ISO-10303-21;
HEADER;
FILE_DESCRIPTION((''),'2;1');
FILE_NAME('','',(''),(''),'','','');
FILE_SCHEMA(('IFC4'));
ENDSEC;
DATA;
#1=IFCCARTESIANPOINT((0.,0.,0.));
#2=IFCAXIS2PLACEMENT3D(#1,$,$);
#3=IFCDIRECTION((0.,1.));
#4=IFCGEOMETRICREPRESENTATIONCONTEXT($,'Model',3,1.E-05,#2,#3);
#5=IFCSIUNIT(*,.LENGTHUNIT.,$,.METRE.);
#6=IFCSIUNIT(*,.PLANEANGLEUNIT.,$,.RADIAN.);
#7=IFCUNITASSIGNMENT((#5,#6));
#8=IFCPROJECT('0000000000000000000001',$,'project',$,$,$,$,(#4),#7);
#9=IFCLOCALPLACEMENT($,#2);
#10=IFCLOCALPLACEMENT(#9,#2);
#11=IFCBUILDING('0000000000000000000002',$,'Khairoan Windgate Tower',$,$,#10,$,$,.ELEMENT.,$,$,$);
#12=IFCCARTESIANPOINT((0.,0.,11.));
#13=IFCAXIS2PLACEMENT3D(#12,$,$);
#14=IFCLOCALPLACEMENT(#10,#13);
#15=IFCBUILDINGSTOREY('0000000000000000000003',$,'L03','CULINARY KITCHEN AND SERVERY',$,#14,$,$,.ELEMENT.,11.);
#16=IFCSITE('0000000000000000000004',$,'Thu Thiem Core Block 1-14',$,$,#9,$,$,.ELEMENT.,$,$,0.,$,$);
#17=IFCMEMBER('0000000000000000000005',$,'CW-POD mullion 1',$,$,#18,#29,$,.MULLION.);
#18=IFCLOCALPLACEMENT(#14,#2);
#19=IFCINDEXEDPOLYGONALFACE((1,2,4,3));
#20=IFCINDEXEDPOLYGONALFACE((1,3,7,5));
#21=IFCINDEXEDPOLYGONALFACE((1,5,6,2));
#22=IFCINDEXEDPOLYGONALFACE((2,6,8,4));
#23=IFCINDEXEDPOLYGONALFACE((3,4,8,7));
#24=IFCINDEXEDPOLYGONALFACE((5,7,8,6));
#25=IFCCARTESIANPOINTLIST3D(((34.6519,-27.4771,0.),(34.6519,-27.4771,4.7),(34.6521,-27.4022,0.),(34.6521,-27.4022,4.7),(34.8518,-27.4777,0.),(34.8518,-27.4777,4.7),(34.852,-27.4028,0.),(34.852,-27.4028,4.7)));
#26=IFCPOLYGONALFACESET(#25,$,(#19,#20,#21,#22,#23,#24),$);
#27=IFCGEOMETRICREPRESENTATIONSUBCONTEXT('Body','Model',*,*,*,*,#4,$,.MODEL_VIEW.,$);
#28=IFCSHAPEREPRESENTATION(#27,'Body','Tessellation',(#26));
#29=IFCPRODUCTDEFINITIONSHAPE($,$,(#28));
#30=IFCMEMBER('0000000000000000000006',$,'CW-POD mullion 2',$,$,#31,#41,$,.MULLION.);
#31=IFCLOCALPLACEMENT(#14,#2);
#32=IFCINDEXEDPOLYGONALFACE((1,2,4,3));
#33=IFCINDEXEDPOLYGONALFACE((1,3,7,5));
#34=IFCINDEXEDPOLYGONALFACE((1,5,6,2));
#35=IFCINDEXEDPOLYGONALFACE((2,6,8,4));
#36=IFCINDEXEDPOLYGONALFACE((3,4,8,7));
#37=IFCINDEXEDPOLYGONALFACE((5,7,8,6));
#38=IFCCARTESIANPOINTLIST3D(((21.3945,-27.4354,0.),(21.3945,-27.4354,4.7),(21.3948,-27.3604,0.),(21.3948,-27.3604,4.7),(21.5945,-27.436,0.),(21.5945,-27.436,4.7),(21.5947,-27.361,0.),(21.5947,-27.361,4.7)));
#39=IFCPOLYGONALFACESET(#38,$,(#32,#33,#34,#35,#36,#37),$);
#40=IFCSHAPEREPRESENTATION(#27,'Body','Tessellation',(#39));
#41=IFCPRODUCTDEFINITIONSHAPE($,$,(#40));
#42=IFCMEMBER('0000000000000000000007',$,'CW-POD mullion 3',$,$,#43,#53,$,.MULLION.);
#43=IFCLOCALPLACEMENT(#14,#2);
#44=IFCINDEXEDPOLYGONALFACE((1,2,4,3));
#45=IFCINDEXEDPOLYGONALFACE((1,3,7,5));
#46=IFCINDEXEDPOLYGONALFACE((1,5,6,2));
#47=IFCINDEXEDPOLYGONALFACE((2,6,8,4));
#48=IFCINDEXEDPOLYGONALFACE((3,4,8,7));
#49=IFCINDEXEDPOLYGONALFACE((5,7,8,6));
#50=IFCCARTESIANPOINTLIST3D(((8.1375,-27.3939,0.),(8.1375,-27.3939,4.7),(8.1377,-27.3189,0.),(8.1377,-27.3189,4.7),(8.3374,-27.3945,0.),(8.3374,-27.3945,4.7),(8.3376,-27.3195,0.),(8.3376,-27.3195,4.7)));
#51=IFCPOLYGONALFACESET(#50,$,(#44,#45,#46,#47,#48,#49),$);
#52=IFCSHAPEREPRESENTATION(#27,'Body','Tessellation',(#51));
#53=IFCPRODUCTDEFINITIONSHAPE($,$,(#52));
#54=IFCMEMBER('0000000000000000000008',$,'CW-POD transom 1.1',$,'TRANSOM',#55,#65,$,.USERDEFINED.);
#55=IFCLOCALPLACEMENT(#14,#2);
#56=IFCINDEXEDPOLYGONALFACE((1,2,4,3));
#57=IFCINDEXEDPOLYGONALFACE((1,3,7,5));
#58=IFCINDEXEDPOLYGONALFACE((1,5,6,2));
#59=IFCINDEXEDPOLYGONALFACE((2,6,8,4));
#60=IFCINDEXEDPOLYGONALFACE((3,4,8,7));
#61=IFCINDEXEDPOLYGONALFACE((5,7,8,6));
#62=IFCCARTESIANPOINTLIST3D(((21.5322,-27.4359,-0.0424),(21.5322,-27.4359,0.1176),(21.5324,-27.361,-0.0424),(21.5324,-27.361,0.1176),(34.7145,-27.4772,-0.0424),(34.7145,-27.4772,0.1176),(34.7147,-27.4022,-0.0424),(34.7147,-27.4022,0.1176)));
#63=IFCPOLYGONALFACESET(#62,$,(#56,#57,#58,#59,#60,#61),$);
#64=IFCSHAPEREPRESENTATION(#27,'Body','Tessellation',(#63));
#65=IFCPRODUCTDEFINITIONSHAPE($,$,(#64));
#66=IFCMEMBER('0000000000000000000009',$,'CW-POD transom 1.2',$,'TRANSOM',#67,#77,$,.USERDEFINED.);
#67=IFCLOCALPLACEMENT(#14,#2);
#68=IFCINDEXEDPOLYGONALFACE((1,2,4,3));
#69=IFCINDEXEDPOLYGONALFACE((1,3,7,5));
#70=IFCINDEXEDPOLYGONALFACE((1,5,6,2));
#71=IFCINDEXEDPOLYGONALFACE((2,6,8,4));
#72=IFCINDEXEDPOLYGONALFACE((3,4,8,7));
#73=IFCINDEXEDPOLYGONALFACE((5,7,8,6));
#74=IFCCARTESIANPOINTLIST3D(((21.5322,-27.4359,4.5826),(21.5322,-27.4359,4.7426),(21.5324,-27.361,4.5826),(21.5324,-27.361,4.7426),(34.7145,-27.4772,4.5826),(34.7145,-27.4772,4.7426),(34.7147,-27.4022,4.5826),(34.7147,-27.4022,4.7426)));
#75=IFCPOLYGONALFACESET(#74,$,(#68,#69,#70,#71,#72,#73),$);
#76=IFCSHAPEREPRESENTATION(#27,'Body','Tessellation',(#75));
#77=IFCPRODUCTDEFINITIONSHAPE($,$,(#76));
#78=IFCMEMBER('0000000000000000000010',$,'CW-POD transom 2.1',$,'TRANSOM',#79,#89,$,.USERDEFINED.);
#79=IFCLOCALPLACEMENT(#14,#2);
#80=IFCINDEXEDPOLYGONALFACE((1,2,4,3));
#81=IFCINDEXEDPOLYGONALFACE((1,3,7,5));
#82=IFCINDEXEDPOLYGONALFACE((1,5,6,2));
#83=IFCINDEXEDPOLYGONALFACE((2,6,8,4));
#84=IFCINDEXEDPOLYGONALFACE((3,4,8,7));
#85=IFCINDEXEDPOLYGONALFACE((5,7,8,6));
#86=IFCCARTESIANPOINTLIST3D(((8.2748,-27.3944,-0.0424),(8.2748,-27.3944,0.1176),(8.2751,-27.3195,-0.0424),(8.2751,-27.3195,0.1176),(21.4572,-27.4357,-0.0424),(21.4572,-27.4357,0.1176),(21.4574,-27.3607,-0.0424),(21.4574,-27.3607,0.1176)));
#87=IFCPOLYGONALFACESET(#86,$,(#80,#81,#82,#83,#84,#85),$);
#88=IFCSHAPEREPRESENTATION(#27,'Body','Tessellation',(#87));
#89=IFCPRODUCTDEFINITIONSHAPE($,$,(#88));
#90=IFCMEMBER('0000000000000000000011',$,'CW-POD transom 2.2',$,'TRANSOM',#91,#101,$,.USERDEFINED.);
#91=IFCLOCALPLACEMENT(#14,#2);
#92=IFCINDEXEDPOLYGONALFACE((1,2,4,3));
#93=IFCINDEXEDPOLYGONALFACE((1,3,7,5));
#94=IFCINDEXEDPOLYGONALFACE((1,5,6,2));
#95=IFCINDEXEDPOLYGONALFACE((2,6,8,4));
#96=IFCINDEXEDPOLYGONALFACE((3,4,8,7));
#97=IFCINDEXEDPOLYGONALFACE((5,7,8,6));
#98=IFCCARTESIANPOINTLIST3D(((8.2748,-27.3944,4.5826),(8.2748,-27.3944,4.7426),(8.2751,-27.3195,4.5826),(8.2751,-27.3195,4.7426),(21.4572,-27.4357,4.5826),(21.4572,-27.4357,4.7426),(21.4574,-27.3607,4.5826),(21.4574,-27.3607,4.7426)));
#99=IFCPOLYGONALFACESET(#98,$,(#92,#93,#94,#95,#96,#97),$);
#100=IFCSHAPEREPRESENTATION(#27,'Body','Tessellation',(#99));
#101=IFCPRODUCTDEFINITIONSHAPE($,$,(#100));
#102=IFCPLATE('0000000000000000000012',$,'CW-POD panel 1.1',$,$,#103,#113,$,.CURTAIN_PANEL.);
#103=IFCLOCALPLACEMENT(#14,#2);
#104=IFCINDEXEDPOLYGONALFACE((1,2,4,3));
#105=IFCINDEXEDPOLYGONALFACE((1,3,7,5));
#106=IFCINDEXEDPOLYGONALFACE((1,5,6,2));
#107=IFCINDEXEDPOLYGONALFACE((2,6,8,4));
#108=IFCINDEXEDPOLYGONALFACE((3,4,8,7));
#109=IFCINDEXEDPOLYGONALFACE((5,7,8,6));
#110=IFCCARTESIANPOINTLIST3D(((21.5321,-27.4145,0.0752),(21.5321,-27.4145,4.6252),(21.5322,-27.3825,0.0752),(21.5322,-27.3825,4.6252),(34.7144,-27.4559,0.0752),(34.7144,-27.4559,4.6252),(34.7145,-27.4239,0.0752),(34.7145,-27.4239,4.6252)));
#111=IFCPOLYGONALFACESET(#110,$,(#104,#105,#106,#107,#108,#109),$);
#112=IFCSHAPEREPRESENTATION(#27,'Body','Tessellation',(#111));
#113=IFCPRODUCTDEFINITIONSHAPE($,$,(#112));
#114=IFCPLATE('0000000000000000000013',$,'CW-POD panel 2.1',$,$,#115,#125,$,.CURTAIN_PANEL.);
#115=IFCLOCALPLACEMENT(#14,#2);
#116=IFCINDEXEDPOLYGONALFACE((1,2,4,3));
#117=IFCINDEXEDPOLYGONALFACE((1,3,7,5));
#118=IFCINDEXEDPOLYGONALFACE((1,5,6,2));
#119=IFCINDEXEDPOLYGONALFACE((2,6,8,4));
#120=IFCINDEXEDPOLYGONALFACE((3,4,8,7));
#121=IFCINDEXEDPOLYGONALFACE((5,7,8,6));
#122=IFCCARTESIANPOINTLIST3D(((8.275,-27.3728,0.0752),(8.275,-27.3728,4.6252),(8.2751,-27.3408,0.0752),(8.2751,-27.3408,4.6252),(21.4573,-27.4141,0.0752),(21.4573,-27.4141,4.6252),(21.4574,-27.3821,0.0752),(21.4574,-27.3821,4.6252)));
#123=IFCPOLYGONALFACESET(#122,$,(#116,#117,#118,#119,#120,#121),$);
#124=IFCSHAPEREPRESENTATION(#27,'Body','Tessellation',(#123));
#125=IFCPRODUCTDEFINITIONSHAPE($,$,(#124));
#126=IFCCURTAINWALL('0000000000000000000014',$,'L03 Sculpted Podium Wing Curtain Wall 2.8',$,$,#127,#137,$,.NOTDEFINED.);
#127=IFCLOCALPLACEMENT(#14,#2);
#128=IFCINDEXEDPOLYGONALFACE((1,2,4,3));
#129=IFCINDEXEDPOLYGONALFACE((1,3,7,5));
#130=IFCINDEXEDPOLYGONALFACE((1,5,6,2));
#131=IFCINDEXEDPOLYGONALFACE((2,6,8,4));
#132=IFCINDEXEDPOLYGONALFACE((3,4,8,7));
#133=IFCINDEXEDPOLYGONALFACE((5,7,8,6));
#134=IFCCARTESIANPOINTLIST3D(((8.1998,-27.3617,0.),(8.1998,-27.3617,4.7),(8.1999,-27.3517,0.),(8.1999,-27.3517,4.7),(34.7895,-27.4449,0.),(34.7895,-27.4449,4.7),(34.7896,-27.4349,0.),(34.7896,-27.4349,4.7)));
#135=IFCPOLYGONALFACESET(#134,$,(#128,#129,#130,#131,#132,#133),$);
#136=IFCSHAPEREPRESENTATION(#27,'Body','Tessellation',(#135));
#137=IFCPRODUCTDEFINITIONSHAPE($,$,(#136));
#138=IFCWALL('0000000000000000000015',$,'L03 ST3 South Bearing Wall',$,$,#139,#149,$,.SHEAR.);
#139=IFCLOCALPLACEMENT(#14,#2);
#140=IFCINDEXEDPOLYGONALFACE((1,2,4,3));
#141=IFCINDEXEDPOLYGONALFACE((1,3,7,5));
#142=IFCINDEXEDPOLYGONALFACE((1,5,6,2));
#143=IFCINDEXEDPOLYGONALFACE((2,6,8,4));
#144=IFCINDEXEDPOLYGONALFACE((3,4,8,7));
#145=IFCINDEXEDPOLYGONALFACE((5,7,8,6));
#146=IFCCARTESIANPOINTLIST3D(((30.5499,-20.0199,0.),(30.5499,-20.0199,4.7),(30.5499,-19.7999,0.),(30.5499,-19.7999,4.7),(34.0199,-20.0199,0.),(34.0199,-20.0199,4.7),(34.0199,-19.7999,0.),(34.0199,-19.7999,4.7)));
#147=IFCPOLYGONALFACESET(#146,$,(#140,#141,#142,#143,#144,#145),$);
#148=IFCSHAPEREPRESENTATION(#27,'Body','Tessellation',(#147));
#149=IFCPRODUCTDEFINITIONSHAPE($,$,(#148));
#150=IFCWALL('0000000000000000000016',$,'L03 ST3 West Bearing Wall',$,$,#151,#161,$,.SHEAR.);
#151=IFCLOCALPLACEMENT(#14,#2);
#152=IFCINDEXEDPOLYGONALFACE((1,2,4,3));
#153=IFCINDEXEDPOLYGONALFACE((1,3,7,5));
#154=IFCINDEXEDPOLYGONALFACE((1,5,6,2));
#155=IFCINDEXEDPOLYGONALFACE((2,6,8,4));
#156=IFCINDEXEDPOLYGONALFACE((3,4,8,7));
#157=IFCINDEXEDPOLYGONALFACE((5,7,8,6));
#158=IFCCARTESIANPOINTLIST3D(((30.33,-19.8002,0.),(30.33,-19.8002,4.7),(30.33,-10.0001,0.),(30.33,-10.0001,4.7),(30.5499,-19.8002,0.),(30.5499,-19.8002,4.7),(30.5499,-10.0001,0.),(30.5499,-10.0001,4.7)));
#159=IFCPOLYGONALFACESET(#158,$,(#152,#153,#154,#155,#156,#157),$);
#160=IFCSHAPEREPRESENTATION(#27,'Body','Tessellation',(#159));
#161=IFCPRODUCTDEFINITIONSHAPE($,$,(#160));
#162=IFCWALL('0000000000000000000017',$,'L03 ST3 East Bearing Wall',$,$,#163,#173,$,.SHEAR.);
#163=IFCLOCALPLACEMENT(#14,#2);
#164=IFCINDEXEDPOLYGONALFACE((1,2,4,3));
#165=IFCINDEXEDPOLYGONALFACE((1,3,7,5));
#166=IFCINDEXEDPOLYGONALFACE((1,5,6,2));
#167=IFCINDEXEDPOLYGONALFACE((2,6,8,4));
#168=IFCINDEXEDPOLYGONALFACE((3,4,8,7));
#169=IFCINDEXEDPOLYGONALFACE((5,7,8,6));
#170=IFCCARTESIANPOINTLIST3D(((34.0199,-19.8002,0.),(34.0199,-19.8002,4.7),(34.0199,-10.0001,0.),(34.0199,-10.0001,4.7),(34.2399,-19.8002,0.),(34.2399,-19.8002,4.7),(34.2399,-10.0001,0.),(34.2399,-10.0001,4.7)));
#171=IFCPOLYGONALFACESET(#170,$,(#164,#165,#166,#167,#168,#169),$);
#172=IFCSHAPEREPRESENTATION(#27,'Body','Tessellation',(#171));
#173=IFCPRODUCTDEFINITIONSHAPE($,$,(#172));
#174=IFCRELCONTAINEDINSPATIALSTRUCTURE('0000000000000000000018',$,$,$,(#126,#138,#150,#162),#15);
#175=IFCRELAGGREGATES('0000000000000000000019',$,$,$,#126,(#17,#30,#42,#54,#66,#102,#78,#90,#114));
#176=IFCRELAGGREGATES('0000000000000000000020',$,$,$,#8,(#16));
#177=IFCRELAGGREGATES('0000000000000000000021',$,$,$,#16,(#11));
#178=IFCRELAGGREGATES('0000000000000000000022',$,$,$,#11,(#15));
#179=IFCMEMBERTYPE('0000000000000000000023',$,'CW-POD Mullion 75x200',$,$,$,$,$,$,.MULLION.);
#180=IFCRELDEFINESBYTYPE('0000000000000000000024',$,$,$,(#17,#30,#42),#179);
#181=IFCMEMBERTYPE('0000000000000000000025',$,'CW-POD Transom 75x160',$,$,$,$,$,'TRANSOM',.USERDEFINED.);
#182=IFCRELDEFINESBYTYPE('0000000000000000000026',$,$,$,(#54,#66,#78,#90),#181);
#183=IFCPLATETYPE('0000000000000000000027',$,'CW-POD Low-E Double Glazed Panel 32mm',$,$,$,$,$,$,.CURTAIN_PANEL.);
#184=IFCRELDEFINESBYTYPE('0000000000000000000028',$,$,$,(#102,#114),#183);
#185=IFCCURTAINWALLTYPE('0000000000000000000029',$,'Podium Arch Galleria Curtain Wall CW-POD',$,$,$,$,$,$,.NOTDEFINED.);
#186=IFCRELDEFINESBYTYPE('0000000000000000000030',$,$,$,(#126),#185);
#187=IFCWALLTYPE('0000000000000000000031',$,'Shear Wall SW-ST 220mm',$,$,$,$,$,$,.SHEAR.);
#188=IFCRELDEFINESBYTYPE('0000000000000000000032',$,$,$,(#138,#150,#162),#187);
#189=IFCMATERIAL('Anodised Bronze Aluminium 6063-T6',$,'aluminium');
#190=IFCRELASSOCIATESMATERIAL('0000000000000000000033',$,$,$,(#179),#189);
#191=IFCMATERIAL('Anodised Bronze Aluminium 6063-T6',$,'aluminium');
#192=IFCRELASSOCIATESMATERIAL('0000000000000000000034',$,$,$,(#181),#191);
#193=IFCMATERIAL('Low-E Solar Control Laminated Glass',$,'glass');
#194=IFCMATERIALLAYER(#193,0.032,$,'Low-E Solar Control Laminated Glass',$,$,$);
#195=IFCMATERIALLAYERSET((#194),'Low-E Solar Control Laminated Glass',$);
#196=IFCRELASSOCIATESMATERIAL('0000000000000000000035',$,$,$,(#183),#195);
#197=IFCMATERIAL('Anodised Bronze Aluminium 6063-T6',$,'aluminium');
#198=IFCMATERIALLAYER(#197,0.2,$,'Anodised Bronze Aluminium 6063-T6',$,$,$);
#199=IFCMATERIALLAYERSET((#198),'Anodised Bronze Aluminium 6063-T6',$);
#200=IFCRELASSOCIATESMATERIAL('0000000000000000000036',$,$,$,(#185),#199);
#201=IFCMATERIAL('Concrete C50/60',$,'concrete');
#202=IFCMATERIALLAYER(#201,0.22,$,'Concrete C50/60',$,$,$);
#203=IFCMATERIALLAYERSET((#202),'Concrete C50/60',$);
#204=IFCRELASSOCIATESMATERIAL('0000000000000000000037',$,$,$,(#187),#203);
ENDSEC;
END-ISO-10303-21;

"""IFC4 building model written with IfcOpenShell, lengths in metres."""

from ifc_helpers import new_model, si_unit, direction, frame, frame_2d, origin, origin_2d, place, context, subcontext, project, spatial, rectangle, extrude, material, layer, layer_set, material_profile, profile_set, type_object, element, aggregate, save


model = new_model("IFC4")

# Units and contexts
model_context = context("Model", 3, precision=1e-05, world=origin(), true_north=direction((0.0, 1.0)))
body_context = subcontext(model_context, "Body", "Model", "MODEL_VIEW")
ifc_project = project(units=[si_unit("LENGTHUNIT", "METRE"), si_unit("PLANEANGLEUNIT", "RADIAN")], contexts=[model_context])

# Site, building, storey
site_placement = place(None, origin())
site = spatial("IfcSite", under=ifc_project, at=site_placement, Name="Thu Thiem Core Block 1-14", CompositionType="ELEMENT", RefElevation=0.0)
building_placement = place(site_placement, origin())
building = spatial("IfcBuilding", under=site, at=building_placement, Name="Khairoan Windgate Tower", CompositionType="ELEMENT")
storey_placement = place(building_placement, frame((0.0, 0.0, 11.0)))
storey = spatial("IfcBuildingStorey", under=building, at=storey_placement, Name="L03", Description="CULINARY KITCHEN AND SERVERY", CompositionType="ELEMENT", Elevation=11.0)

# Members
ifc_material_1 = material(Name="Anodised Bronze Aluminium 6063-T6", Category="aluminium")
ifc_material_profile_1 = material_profile(ifc_material_1, rectangle(XDim=0.075, YDim=0.2, at=origin_2d()))
ifc_profile_set_1 = profile_set([ifc_material_profile_1], Name="Anodised Bronze Aluminium 6063-T6")
member_type_1 = type_object("IfcMemberType", Name="CW-POD Mullion 75x200", PredefinedType="MULLION", material=ifc_profile_set_1)
member_1_placement = place(storey_placement, frame((34.752, -27.4399, 0.0), z_axis=(0.0, 0.0, 1.0), x_axis=(-0.003137, -0.999995, 0.0)))
member_1 = element("IfcMember", 1, at=member_1_placement, type_object=member_type_1, Name="CW-POD mullion 1", PredefinedType="MULLION", context=body_context, shape_type="SweptSolid", body=[
    extrude(rectangle(XDim=0.075, YDim=0.2, at=origin_2d()), origin(), (0.0, 0.0, 1.0), 4.7),
])
member_2_placement = place(storey_placement, frame((21.4946, -27.3982, 0.0), z_axis=(0.0, 0.0, 1.0), x_axis=(-0.003137, -0.999995, 0.0)))
member_2 = element("IfcMember", 2, at=member_2_placement, type_object=member_type_1, Name="CW-POD mullion 2", PredefinedType="MULLION", context=body_context, shape_type="SweptSolid", body=[
    extrude(rectangle(XDim=0.075, YDim=0.2, at=origin_2d()), origin(), (0.0, 0.0, 1.0), 4.7),
])
member_3_placement = place(storey_placement, frame((8.2375, -27.3567, 0.0), z_axis=(0.0, 0.0, 1.0), x_axis=(-0.003137, -0.999995, 0.0)))
member_3 = element("IfcMember", 3, at=member_3_placement, type_object=member_type_1, Name="CW-POD mullion 3", PredefinedType="MULLION", context=body_context, shape_type="SweptSolid", body=[
    extrude(rectangle(XDim=0.075, YDim=0.2, at=origin_2d()), origin(), (0.0, 0.0, 1.0), 4.7),
])
ifc_material_2 = material(Name="Anodised Bronze Aluminium 6063-T6", Category="aluminium")
ifc_material_profile_2 = material_profile(ifc_material_2, rectangle(XDim=0.075, YDim=0.1599, at=origin_2d()))
ifc_profile_set_2 = profile_set([ifc_material_profile_2], Name="Anodised Bronze Aluminium 6063-T6")
member_type_2 = type_object("IfcMemberType", Name="CW-POD Transom 75x160", ElementType="TRANSOM", PredefinedType="USERDEFINED", material=ifc_profile_set_2)
member_4_placement = place(storey_placement, frame((34.7146, -27.4397, 0.0376), z_axis=(-0.999995, 0.00313, 0.0), x_axis=(-0.00313, -0.999995, 0.0)))
member_4 = element("IfcMember", 4, at=member_4_placement, type_object=member_type_2, Name="CW-POD transom 1.1", ObjectType="TRANSOM", PredefinedType="USERDEFINED", context=body_context, shape_type="SweptSolid", body=[
    extrude(rectangle(XDim=0.075, YDim=0.1599, at=origin_2d()), origin(), (0.0, 0.0, 1.0), 13.1824),
])
member_5_placement = place(storey_placement, frame((34.7146, -27.4397, 4.6626), z_axis=(-0.999995, 0.00313, 0.0), x_axis=(-0.00313, -0.999995, 0.0)))
member_5 = element("IfcMember", 5, at=member_5_placement, type_object=member_type_2, Name="CW-POD transom 1.2", ObjectType="TRANSOM", PredefinedType="USERDEFINED", context=body_context, shape_type="SweptSolid", body=[
    extrude(rectangle(XDim=0.075, YDim=0.1599, at=origin_2d()), origin(), (0.0, 0.0, 1.0), 13.1824),
])
member_6_placement = place(storey_placement, frame((21.4573, -27.3982, 0.0376), z_axis=(-0.999995, 0.00313, 0.0), x_axis=(-0.00313, -0.999995, 0.0)))
member_6 = element("IfcMember", 6, at=member_6_placement, type_object=member_type_2, Name="CW-POD transom 2.1", ObjectType="TRANSOM", PredefinedType="USERDEFINED", context=body_context, shape_type="SweptSolid", body=[
    extrude(rectangle(XDim=0.075, YDim=0.1599, at=origin_2d()), origin(), (0.0, 0.0, 1.0), 13.1824),
])
member_7_placement = place(storey_placement, frame((21.4573, -27.3982, 4.6626), z_axis=(-0.999995, 0.00313, 0.0), x_axis=(-0.00313, -0.999995, 0.0)))
member_7 = element("IfcMember", 7, at=member_7_placement, type_object=member_type_2, Name="CW-POD transom 2.2", ObjectType="TRANSOM", PredefinedType="USERDEFINED", context=body_context, shape_type="SweptSolid", body=[
    extrude(rectangle(XDim=0.075, YDim=0.1599, at=origin_2d()), origin(), (0.0, 0.0, 1.0), 13.1824),
])

# Plates
ifc_material_3 = material(Name="Low-E Solar Control Laminated Glass", Category="glass")
ifc_layer_1 = layer(ifc_material_3, 0.032, Name="Low-E Solar Control Laminated Glass")
ifc_layer_set_1 = layer_set([ifc_layer_1], Name="Low-E Solar Control Laminated Glass")
plate_type = type_object("IfcPlateType", Name="CW-POD Low-E Double Glazed Panel 32mm", PredefinedType="CURTAIN_PANEL", material=ifc_layer_set_1)
plate_1_placement = place(storey_placement, frame((28.1233, -27.4192, 0.0752), z_axis=(0.0, 0.0, 1.0), x_axis=(-0.999995, 0.003137, 0.0)))
plate_1 = element("IfcPlate", 8, at=plate_1_placement, type_object=plate_type, Name="CW-POD panel 1.1", PredefinedType="CURTAIN_PANEL", context=body_context, shape_type="SweptSolid", body=[
    extrude(rectangle(XDim=13.1824, YDim=0.032, at=origin_2d()), origin(), (0.0, 0.0, 1.0), 4.55),
])
plate_2_placement = place(storey_placement, frame((14.8662, -27.3774, 0.0752), z_axis=(0.0, 0.0, 1.0), x_axis=(-0.999995, 0.003137, 0.0)))
plate_2 = element("IfcPlate", 9, at=plate_2_placement, type_object=plate_type, Name="CW-POD panel 2.1", PredefinedType="CURTAIN_PANEL", context=body_context, shape_type="SweptSolid", body=[
    extrude(rectangle(XDim=13.1824, YDim=0.032, at=origin_2d()), origin(), (0.0, 0.0, 1.0), 4.55),
])

# Curtain wall
ifc_material_4 = material(Name="Anodised Bronze Aluminium 6063-T6", Category="aluminium")
ifc_layer_2 = layer(ifc_material_4, 0.2, Name="Anodised Bronze Aluminium 6063-T6")
ifc_layer_set_2 = layer_set([ifc_layer_2], Name="Anodised Bronze Aluminium 6063-T6")
curtain_wall_type = type_object("IfcCurtainWallType", Name="Podium Arch Galleria Curtain Wall CW-POD", PredefinedType="NOTDEFINED", material=ifc_layer_set_2)
curtain_wall_1_placement = place(storey_placement, frame((34.7896, -27.4399, 0.0), z_axis=(0.0, 0.0, 1.0), x_axis=(-0.999995, 0.003131, 0.0)))
curtain_wall_1 = element("IfcCurtainWall", 10, at=curtain_wall_1_placement, inside=storey, type_object=curtain_wall_type, Name="L03 Sculpted Podium Wing Curtain Wall 2.8", PredefinedType="NOTDEFINED", context=body_context, shape_type="SweptSolid", body=[
    extrude(rectangle(XDim=26.5898, YDim=0.01, at=frame_2d((13.2949, 0.0))), origin(), (0.0, 0.0, 1.0), 4.7),
])
aggregate(curtain_wall_1, [member_1, member_2, member_3, member_4, member_5, plate_1, member_6, member_7, plate_2])

# Walls
ifc_material_5 = material(Name="Concrete C50/60", Category="concrete")
ifc_layer_3 = layer(ifc_material_5, 0.22, Name="Concrete C50/60")
ifc_layer_set_3 = layer_set([ifc_layer_3], Name="Concrete C50/60")
wall_type = type_object("IfcWallType", Name="Shear Wall SW-ST 220mm", PredefinedType="SHEAR", material=ifc_layer_set_3)
wall_placement = place(storey_placement, frame((30.55, -19.9099, 0.0), z_axis=(0.0, 0.0, 1.0), x_axis=(1.0, 0.0, 0.0)))
element("IfcWall", 11, at=wall_placement, inside=storey, type_object=wall_type, Name="L03 ST3 South Bearing Wall", PredefinedType="SHEAR", context=body_context, shape_type="SweptSolid", body=[
    extrude(rectangle(XDim=3.47, YDim=0.22, at=frame_2d((1.7349, 0.0))), origin(), (0.0, 0.0, 1.0), 4.7),
])
for number, where, z_axis, x_axis, name in (
    (12, (30.4399, -19.8, 0.0), (0.0, 0.0, 1.0), (0.0, 1.0, 0.0), "L03 ST3 West Bearing Wall"),
    (13, (34.1299, -19.8, 0.0), (0.0, 0.0, 1.0), (0.0, 1.0, 0.0), "L03 ST3 East Bearing Wall"),
):
    element("IfcWall", number, at=place(storey_placement, frame(where, z_axis=z_axis, x_axis=x_axis)), inside=storey, type_object=wall_type, Name=name, PredefinedType="SHEAR", context=body_context, shape_type="SweptSolid", body=[
        extrude(rectangle(XDim=9.8, YDim=0.22, at=frame_2d((4.8999, 0.0))), origin(), (0.0, 0.0, 1.0), 4.7),
    ])

save(model, "model.ifc")
